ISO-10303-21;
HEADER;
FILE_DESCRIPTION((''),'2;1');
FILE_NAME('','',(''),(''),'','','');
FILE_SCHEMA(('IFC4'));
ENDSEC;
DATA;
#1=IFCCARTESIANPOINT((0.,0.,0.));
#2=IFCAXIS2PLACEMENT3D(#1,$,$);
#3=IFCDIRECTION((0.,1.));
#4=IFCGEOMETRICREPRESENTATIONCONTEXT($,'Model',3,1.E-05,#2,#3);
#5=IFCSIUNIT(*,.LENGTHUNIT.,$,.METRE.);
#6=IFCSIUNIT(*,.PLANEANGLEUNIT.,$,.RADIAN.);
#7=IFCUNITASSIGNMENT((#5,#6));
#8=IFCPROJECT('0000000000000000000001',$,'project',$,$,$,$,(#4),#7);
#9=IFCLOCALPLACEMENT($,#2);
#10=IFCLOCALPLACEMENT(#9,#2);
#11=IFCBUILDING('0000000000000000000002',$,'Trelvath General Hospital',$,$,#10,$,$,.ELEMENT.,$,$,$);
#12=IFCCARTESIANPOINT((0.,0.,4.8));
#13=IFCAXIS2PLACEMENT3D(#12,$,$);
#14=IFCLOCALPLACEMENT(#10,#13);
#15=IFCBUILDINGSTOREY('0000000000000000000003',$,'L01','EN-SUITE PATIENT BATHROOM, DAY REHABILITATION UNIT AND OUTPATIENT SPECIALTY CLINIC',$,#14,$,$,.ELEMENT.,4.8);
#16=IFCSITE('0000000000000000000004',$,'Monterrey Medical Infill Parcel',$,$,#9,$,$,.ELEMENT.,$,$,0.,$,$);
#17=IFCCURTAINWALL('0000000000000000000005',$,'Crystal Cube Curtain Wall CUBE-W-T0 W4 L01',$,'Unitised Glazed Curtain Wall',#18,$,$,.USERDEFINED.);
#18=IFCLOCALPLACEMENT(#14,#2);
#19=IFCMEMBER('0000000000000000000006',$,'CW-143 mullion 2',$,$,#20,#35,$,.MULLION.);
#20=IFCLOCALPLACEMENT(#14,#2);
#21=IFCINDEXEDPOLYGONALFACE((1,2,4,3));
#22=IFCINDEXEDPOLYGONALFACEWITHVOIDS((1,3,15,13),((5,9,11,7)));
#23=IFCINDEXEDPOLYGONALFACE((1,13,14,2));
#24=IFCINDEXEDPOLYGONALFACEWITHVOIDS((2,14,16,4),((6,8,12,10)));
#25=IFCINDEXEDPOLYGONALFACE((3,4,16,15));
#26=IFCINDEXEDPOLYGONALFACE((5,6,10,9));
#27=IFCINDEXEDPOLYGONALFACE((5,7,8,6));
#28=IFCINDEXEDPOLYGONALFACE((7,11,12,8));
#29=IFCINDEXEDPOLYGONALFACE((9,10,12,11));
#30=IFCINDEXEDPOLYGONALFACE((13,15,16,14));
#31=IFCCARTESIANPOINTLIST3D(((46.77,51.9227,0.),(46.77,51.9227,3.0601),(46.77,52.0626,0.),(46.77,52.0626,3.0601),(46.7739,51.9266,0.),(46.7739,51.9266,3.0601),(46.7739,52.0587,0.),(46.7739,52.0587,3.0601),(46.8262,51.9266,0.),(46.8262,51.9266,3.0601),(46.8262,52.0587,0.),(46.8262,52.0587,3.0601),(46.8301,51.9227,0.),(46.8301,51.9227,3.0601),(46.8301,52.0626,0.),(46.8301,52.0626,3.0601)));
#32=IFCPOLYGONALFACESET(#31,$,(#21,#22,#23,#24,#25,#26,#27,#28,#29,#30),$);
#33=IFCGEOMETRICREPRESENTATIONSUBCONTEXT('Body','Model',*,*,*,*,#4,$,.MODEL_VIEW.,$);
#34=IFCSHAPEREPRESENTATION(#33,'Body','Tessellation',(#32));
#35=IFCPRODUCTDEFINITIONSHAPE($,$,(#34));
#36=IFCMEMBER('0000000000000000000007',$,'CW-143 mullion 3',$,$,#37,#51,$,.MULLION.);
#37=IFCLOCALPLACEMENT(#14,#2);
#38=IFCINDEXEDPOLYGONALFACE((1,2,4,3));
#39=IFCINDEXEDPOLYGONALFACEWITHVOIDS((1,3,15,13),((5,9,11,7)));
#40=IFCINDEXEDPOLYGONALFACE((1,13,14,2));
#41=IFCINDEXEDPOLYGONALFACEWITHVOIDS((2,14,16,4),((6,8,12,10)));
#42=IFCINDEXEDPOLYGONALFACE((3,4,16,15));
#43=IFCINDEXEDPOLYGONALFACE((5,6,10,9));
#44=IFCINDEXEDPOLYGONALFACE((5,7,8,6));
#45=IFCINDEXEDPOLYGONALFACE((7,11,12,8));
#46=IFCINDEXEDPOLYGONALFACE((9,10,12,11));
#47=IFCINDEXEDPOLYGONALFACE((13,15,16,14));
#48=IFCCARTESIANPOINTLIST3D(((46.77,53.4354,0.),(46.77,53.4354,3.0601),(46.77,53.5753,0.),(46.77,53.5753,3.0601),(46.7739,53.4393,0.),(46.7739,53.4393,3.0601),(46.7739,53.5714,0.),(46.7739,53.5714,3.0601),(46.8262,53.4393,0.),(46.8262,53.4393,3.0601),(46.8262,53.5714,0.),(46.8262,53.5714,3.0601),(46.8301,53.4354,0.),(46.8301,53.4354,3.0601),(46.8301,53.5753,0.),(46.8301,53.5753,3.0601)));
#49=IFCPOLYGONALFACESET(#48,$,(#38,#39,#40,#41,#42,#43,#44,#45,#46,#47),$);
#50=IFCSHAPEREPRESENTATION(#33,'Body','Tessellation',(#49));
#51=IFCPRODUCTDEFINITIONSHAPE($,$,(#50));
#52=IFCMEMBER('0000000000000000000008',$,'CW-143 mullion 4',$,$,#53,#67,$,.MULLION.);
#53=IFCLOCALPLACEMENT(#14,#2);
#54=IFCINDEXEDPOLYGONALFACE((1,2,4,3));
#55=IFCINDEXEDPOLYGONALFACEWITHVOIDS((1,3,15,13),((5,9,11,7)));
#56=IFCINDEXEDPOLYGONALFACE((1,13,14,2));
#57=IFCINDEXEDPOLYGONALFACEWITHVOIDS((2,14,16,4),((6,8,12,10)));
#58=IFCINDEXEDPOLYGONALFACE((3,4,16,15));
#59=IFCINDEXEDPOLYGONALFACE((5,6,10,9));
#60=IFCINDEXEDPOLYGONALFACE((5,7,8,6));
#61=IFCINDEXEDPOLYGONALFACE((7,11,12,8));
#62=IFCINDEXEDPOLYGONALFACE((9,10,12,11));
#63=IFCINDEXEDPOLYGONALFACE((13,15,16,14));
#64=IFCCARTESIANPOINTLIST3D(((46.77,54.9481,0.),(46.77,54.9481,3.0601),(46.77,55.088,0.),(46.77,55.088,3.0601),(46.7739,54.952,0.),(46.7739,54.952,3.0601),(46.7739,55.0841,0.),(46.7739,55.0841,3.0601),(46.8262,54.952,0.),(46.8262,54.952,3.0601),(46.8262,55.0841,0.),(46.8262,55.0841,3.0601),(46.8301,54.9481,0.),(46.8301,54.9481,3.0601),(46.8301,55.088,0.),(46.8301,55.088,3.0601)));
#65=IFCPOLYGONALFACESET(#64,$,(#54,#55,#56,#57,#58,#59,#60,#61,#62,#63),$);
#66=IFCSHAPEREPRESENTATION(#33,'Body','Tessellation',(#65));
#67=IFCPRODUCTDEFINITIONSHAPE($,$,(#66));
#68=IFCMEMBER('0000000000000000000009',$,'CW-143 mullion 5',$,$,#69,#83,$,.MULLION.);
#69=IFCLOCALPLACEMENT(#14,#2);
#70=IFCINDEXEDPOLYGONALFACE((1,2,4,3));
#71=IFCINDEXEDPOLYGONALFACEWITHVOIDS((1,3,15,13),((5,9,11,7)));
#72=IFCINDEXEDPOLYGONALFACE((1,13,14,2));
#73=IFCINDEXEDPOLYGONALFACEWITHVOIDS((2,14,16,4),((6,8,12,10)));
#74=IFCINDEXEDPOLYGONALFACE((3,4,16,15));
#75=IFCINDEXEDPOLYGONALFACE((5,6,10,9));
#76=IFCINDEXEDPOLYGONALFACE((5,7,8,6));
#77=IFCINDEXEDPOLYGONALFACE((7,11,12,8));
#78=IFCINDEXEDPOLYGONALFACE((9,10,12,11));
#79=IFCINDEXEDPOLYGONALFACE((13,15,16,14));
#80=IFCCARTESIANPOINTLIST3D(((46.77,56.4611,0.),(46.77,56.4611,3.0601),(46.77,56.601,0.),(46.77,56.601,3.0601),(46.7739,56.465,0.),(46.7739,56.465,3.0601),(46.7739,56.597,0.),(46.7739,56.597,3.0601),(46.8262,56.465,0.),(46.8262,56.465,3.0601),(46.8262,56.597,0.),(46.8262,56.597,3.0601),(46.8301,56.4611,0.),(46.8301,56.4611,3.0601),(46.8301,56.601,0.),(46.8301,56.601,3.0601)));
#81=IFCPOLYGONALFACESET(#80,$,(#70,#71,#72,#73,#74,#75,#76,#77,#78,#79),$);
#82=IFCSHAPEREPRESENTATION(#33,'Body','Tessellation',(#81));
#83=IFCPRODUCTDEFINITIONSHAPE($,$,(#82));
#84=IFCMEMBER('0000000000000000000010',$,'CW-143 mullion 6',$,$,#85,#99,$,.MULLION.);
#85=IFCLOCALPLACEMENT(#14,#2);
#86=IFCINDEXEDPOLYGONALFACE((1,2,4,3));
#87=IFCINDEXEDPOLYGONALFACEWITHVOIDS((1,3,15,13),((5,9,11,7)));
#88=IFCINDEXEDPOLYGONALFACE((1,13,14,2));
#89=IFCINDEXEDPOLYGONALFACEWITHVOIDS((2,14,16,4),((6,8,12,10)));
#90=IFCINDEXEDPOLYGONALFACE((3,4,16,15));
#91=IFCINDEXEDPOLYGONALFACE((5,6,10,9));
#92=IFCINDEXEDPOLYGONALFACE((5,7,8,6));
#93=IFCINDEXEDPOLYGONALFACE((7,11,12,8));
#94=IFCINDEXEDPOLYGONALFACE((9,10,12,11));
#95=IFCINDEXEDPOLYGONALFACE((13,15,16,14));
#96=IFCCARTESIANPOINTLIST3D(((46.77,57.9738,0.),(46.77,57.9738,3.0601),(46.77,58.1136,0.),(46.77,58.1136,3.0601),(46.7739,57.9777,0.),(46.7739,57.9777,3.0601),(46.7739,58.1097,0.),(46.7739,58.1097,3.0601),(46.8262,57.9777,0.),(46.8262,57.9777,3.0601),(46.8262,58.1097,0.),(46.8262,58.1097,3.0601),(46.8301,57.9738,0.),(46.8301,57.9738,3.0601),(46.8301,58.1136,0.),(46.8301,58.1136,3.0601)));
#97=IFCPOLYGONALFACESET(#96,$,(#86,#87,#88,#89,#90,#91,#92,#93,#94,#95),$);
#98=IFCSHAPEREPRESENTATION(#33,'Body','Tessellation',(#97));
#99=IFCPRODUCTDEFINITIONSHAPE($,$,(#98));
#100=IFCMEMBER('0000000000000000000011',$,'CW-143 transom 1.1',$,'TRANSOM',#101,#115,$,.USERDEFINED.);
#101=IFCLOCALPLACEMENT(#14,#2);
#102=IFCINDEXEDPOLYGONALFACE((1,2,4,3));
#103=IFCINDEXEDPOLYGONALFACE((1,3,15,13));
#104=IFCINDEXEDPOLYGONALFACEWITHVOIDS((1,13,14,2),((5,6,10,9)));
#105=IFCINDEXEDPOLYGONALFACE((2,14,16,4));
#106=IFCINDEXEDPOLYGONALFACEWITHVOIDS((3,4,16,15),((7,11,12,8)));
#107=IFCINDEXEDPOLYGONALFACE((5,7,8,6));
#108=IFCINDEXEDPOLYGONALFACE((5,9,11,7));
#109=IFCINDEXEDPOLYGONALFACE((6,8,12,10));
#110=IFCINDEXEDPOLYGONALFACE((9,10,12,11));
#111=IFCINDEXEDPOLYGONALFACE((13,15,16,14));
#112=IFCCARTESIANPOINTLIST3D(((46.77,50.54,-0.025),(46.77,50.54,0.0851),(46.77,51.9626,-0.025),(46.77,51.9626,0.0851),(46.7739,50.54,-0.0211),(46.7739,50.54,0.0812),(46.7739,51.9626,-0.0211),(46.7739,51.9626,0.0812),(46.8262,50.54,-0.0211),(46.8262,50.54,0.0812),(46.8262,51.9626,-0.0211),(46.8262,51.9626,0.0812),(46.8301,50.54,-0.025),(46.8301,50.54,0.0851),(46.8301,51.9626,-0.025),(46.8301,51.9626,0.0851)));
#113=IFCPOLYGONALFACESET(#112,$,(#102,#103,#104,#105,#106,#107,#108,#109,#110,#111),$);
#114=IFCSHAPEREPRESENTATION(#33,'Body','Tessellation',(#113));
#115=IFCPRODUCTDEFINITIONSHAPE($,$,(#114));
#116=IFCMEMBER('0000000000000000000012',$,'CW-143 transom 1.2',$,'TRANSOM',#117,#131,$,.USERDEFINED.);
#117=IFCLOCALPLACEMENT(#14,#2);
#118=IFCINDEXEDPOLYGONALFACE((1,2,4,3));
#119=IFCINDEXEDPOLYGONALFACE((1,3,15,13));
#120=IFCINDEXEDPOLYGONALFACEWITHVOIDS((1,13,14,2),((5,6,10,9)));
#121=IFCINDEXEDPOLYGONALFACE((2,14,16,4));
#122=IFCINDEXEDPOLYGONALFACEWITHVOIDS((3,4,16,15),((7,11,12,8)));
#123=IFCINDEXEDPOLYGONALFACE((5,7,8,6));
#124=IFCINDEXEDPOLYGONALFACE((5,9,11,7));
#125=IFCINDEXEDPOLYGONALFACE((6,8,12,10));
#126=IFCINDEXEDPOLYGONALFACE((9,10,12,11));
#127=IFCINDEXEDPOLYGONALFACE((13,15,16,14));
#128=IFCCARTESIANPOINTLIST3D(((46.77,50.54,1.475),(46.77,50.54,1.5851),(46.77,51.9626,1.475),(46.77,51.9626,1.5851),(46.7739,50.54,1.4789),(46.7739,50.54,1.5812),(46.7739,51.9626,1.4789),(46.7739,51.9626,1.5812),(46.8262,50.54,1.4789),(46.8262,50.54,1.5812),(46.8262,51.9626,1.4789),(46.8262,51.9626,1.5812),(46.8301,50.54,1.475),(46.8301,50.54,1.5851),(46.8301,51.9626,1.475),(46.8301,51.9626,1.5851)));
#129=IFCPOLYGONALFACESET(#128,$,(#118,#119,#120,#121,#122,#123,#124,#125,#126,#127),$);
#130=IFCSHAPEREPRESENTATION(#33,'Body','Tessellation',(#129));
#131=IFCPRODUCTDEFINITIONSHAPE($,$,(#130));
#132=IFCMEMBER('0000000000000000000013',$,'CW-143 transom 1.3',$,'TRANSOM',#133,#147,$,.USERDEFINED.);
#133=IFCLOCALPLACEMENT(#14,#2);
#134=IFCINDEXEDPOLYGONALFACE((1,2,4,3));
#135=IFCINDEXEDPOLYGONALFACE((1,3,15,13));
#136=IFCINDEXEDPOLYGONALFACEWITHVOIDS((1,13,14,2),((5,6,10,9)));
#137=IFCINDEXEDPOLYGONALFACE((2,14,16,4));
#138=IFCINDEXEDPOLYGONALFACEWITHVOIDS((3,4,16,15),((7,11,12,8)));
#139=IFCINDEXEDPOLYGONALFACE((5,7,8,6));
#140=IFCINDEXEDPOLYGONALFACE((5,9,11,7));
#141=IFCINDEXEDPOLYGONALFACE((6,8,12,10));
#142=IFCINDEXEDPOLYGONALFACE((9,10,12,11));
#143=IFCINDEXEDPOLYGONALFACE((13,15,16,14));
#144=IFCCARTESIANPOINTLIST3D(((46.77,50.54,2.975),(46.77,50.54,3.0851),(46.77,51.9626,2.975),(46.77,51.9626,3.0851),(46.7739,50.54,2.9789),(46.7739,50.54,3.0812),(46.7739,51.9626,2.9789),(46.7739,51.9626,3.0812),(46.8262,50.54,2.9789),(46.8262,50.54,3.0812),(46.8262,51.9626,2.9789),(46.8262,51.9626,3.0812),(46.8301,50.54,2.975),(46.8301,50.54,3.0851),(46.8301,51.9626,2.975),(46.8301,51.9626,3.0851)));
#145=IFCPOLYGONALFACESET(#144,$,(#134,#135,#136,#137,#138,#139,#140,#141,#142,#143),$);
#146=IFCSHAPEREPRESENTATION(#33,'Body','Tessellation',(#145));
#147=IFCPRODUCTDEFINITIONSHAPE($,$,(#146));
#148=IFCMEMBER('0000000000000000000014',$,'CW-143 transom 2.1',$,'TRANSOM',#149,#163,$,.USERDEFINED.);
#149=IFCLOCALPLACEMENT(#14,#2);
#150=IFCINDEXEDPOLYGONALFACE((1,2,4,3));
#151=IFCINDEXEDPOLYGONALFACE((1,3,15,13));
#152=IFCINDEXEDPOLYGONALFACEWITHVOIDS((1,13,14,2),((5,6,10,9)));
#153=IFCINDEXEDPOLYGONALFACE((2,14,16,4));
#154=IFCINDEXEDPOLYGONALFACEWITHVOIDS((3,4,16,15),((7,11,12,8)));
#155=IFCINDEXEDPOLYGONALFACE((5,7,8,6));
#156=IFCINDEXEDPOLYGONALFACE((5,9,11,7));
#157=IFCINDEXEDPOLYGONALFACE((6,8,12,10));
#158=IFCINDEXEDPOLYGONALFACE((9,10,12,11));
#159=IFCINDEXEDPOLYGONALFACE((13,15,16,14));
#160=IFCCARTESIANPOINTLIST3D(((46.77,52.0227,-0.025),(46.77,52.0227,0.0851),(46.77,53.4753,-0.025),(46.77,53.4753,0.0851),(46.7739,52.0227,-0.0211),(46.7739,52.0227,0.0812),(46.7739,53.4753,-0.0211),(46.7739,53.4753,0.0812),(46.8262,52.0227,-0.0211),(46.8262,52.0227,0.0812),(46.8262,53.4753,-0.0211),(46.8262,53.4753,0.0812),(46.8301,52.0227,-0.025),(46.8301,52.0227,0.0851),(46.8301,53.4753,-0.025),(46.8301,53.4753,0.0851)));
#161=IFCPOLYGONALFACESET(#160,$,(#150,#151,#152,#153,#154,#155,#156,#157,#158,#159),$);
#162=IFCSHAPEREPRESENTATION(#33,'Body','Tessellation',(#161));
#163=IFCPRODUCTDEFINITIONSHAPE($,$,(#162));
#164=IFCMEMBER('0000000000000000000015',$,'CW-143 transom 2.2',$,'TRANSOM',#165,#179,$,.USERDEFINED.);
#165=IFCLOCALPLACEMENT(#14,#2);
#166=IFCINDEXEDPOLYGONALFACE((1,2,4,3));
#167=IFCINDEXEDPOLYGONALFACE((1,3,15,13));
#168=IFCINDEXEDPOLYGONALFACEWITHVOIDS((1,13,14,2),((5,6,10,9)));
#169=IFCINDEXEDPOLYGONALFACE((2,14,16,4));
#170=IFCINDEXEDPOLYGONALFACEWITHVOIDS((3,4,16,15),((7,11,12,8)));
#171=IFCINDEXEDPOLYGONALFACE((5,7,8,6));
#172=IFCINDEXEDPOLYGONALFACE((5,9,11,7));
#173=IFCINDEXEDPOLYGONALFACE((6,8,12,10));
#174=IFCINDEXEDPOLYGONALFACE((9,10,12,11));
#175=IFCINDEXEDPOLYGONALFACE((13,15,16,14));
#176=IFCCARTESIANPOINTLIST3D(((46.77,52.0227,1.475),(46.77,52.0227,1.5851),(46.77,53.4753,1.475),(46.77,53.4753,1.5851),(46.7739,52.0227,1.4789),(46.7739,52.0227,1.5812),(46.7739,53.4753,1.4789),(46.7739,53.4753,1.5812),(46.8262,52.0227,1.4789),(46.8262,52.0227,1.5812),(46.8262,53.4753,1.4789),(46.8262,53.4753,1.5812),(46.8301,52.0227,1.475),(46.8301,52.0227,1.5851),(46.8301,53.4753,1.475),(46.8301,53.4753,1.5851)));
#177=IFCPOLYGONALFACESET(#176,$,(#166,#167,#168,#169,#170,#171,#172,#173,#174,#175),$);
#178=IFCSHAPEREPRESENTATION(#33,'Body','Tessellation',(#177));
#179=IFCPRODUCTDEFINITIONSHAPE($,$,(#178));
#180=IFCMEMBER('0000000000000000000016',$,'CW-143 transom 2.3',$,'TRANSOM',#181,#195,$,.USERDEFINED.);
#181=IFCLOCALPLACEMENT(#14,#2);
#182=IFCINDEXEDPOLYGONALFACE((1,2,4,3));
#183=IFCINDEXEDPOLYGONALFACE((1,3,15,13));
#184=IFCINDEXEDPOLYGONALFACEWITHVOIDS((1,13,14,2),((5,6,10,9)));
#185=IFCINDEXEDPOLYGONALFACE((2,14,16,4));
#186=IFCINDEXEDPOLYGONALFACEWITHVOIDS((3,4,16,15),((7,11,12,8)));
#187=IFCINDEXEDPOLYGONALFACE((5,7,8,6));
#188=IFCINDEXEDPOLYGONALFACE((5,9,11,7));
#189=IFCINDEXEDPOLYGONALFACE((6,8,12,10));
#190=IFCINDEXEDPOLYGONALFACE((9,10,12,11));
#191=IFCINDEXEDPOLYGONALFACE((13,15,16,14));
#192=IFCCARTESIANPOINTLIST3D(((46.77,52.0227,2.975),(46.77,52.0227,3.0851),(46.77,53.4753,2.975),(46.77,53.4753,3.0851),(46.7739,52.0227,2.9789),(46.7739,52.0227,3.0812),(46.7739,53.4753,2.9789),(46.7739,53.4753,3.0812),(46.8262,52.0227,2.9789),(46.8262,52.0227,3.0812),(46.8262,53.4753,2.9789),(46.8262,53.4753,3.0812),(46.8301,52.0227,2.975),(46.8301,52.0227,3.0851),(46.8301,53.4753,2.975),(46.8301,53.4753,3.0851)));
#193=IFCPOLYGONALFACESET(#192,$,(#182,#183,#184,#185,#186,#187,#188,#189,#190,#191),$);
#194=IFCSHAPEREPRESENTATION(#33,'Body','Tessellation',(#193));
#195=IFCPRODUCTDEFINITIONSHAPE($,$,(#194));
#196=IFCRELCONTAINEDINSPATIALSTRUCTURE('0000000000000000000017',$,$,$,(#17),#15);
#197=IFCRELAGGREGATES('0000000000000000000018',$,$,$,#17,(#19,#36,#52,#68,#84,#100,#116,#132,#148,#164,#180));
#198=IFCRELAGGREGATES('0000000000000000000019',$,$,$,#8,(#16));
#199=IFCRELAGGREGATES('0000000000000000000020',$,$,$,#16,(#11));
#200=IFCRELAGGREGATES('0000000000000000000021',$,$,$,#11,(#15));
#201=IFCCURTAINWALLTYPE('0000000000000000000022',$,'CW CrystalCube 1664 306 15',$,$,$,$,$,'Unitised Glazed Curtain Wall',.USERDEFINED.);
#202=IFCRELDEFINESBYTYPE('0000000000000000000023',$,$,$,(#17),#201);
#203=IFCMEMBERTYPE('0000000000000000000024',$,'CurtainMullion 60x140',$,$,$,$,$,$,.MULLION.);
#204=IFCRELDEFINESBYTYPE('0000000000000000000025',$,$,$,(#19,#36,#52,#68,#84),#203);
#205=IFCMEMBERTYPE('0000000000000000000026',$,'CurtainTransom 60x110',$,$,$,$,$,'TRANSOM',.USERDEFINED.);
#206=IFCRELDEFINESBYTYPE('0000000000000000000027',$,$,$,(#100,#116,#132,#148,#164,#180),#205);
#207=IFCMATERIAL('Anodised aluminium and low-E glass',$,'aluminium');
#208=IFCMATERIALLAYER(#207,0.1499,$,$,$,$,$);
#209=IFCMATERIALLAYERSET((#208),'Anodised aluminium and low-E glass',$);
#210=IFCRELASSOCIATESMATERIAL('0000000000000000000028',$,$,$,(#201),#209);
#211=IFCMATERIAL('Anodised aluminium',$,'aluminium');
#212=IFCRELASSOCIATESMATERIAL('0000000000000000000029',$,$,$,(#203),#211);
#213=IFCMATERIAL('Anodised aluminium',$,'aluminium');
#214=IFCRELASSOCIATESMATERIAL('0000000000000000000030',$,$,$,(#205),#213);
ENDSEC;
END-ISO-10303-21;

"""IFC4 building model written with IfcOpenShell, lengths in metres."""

from ifc_helpers import new_model, si_unit, direction, frame, origin, origin_2d, place, context, subcontext, project, spatial, hollow_rectangle, extrude, material, layer, layer_set, material_profile, profile_set, type_object, element, aggregate, save


model = new_model("IFC4")

# Units and contexts
model_context = context("Model", 3, precision=1e-05, world=origin(), true_north=direction((0.0, 1.0)))
body_context = subcontext(model_context, "Body", "Model", "MODEL_VIEW")
ifc_project = project(units=[si_unit("LENGTHUNIT", "METRE"), si_unit("PLANEANGLEUNIT", "RADIAN")], contexts=[model_context])

# Site, building, storey
site_placement = place(None, origin())
site = spatial("IfcSite", under=ifc_project, at=site_placement, Name="Monterrey Medical Infill Parcel", CompositionType="ELEMENT", RefElevation=0.0)
building_placement = place(site_placement, origin())
building = spatial("IfcBuilding", under=site, at=building_placement, Name="Trelvath General Hospital", CompositionType="ELEMENT")
storey_placement = place(building_placement, frame((0.0, 0.0, 4.8)))
storey = spatial("IfcBuildingStorey", under=building, at=storey_placement, Name="L01", Description="EN-SUITE PATIENT BATHROOM, DAY REHABILITATION UNIT AND OUTPATIENT SPECIALTY CLINIC", CompositionType="ELEMENT", Elevation=4.8)

# Curtain wall, members
ifc_material_1 = material(Name="Anodised aluminium and low-E glass", Category="aluminium")
ifc_layer_1 = layer(ifc_material_1, 0.1499)
ifc_layer_set_1 = layer_set([ifc_layer_1], Name="Anodised aluminium and low-E glass")
curtain_wall_type = type_object("IfcCurtainWallType", Name="CW CrystalCube 1664 306 15", ElementType="Unitised Glazed Curtain Wall", PredefinedType="USERDEFINED", material=ifc_layer_set_1)
curtain_wall_placement = place(storey_placement, origin())
curtain_wall = element("IfcCurtainWall", 1, at=curtain_wall_placement, inside=storey, type_object=curtain_wall_type, Name="Crystal Cube Curtain Wall CUBE-W-T0 W4 L01", ObjectType="Unitised Glazed Curtain Wall", PredefinedType="USERDEFINED")
ifc_material_2 = material(Name="Anodised aluminium", Category="aluminium")
ifc_material_profile_1 = material_profile(ifc_material_2, hollow_rectangle(XDim=0.0601, YDim=0.1399, WallThickness=0.0039, at=origin_2d()), Name="RHS60x140x4")
ifc_profile_set_1 = profile_set([ifc_material_profile_1], Name="Anodised aluminium")
member_type_1 = type_object("IfcMemberType", Name="CurtainMullion 60x140", PredefinedType="MULLION", material=ifc_profile_set_1)
member_1_placement = place(storey_placement, frame((46.8, 51.9927, 0.0), z_axis=(0.0, 0.0, 1.0), x_axis=(-1.0, 0.0, 0.0)))
member_1 = element("IfcMember", 2, at=member_1_placement, type_object=member_type_1, Name="CW-143 mullion 2", PredefinedType="MULLION", context=body_context, shape_type="SweptSolid", body=[
    extrude(hollow_rectangle(XDim=0.0601, YDim=0.1399, WallThickness=0.0039, at=origin_2d()), origin(), (0.0, 0.0, 1.0), 3.0601),
])
member_2_placement = place(storey_placement, frame((46.8, 53.5054, 0.0), z_axis=(0.0, 0.0, 1.0), x_axis=(-1.0, 0.0, 0.0)))
member_2 = element("IfcMember", 3, at=member_2_placement, type_object=member_type_1, Name="CW-143 mullion 3", PredefinedType="MULLION", context=body_context, shape_type="SweptSolid", body=[
    extrude(hollow_rectangle(XDim=0.0601, YDim=0.1399, WallThickness=0.0039, at=origin_2d()), origin(), (0.0, 0.0, 1.0), 3.0601),
])
member_3_placement = place(storey_placement, frame((46.8, 55.0181, 0.0), z_axis=(0.0, 0.0, 1.0), x_axis=(-1.0, 0.0, 0.0)))
member_3 = element("IfcMember", 4, at=member_3_placement, type_object=member_type_1, Name="CW-143 mullion 4", PredefinedType="MULLION", context=body_context, shape_type="SweptSolid", body=[
    extrude(hollow_rectangle(XDim=0.0601, YDim=0.1399, WallThickness=0.0039, at=origin_2d()), origin(), (0.0, 0.0, 1.0), 3.0601),
])
member_4_placement = place(storey_placement, frame((46.8, 56.531, 0.0), z_axis=(0.0, 0.0, 1.0), x_axis=(-1.0, 0.0, 0.0)))
member_4 = element("IfcMember", 5, at=member_4_placement, type_object=member_type_1, Name="CW-143 mullion 5", PredefinedType="MULLION", context=body_context, shape_type="SweptSolid", body=[
    extrude(hollow_rectangle(XDim=0.0601, YDim=0.1399, WallThickness=0.0039, at=origin_2d()), origin(), (0.0, 0.0, 1.0), 3.0601),
])
member_5_placement = place(storey_placement, frame((46.8, 58.0437, 0.0), z_axis=(0.0, 0.0, 1.0), x_axis=(-1.0, 0.0, 0.0)))
member_5 = element("IfcMember", 6, at=member_5_placement, type_object=member_type_1, Name="CW-143 mullion 6", PredefinedType="MULLION", context=body_context, shape_type="SweptSolid", body=[
    extrude(hollow_rectangle(XDim=0.0601, YDim=0.1399, WallThickness=0.0039, at=origin_2d()), origin(), (0.0, 0.0, 1.0), 3.0601),
])
ifc_material_3 = material(Name="Anodised aluminium", Category="aluminium")
ifc_material_profile_2 = material_profile(ifc_material_3, hollow_rectangle(XDim=0.0601, YDim=0.1101, WallThickness=0.0039, at=origin_2d()), Name="RHS60x110x4")
ifc_profile_set_2 = profile_set([ifc_material_profile_2], Name="Anodised aluminium")
member_type_2 = type_object("IfcMemberType", Name="CurtainTransom 60x110", ElementType="TRANSOM", PredefinedType="USERDEFINED", material=ifc_profile_set_2)
member_6_placement = place(storey_placement, frame((46.8, 50.54, 0.03), z_axis=(0.0, 1.0, 0.0), x_axis=(-1.0, 0.0, 0.0)))
member_6 = element("IfcMember", 7, at=member_6_placement, type_object=member_type_2, Name="CW-143 transom 1.1", ObjectType="TRANSOM", PredefinedType="USERDEFINED", context=body_context, shape_type="SweptSolid", body=[
    extrude(hollow_rectangle(XDim=0.0601, YDim=0.1101, WallThickness=0.0039, at=origin_2d()), origin(), (0.0, 0.0, 1.0), 1.4226),
])
member_7_placement = place(storey_placement, frame((46.8, 50.54, 1.53), z_axis=(0.0, 1.0, 0.0), x_axis=(-1.0, 0.0, 0.0)))
member_7 = element("IfcMember", 8, at=member_7_placement, type_object=member_type_2, Name="CW-143 transom 1.2", ObjectType="TRANSOM", PredefinedType="USERDEFINED", context=body_context, shape_type="SweptSolid", body=[
    extrude(hollow_rectangle(XDim=0.0601, YDim=0.1101, WallThickness=0.0039, at=origin_2d()), origin(), (0.0, 0.0, 1.0), 1.4226),
])
member_8_placement = place(storey_placement, frame((46.8, 50.54, 3.03), z_axis=(0.0, 1.0, 0.0), x_axis=(-1.0, 0.0, 0.0)))
member_8 = element("IfcMember", 9, at=member_8_placement, type_object=member_type_2, Name="CW-143 transom 1.3", ObjectType="TRANSOM", PredefinedType="USERDEFINED", context=body_context, shape_type="SweptSolid", body=[
    extrude(hollow_rectangle(XDim=0.0601, YDim=0.1101, WallThickness=0.0039, at=origin_2d()), origin(), (0.0, 0.0, 1.0), 1.4226),
])
member_9_placement = place(storey_placement, frame((46.8, 52.0227, 0.03), z_axis=(0.0, 1.0, 0.0), x_axis=(-1.0, 0.0, 0.0)))
member_9 = element("IfcMember", 10, at=member_9_placement, type_object=member_type_2, Name="CW-143 transom 2.1", ObjectType="TRANSOM", PredefinedType="USERDEFINED", context=body_context, shape_type="SweptSolid", body=[
    extrude(hollow_rectangle(XDim=0.0601, YDim=0.1101, WallThickness=0.0039, at=origin_2d()), origin(), (0.0, 0.0, 1.0), 1.4526),
])
member_10_placement = place(storey_placement, frame((46.8, 52.0227, 1.53), z_axis=(0.0, 1.0, 0.0), x_axis=(-1.0, 0.0, 0.0)))
member_10 = element("IfcMember", 11, at=member_10_placement, type_object=member_type_2, Name="CW-143 transom 2.2", ObjectType="TRANSOM", PredefinedType="USERDEFINED", context=body_context, shape_type="SweptSolid", body=[
    extrude(hollow_rectangle(XDim=0.0601, YDim=0.1101, WallThickness=0.0039, at=origin_2d()), origin(), (0.0, 0.0, 1.0), 1.4526),
])
member_11_placement = place(storey_placement, frame((46.8, 52.0227, 3.03), z_axis=(0.0, 1.0, 0.0), x_axis=(-1.0, 0.0, 0.0)))
member_11 = element("IfcMember", 12, at=member_11_placement, type_object=member_type_2, Name="CW-143 transom 2.3", ObjectType="TRANSOM", PredefinedType="USERDEFINED", context=body_context, shape_type="SweptSolid", body=[
    extrude(hollow_rectangle(XDim=0.0601, YDim=0.1101, WallThickness=0.0039, at=origin_2d()), origin(), (0.0, 0.0, 1.0), 1.4526),
])
aggregate(curtain_wall, [member_1, member_2, member_3, member_4, member_5, member_6, member_7, member_8, member_9, member_10, member_11])

save(model, "model.ifc")
